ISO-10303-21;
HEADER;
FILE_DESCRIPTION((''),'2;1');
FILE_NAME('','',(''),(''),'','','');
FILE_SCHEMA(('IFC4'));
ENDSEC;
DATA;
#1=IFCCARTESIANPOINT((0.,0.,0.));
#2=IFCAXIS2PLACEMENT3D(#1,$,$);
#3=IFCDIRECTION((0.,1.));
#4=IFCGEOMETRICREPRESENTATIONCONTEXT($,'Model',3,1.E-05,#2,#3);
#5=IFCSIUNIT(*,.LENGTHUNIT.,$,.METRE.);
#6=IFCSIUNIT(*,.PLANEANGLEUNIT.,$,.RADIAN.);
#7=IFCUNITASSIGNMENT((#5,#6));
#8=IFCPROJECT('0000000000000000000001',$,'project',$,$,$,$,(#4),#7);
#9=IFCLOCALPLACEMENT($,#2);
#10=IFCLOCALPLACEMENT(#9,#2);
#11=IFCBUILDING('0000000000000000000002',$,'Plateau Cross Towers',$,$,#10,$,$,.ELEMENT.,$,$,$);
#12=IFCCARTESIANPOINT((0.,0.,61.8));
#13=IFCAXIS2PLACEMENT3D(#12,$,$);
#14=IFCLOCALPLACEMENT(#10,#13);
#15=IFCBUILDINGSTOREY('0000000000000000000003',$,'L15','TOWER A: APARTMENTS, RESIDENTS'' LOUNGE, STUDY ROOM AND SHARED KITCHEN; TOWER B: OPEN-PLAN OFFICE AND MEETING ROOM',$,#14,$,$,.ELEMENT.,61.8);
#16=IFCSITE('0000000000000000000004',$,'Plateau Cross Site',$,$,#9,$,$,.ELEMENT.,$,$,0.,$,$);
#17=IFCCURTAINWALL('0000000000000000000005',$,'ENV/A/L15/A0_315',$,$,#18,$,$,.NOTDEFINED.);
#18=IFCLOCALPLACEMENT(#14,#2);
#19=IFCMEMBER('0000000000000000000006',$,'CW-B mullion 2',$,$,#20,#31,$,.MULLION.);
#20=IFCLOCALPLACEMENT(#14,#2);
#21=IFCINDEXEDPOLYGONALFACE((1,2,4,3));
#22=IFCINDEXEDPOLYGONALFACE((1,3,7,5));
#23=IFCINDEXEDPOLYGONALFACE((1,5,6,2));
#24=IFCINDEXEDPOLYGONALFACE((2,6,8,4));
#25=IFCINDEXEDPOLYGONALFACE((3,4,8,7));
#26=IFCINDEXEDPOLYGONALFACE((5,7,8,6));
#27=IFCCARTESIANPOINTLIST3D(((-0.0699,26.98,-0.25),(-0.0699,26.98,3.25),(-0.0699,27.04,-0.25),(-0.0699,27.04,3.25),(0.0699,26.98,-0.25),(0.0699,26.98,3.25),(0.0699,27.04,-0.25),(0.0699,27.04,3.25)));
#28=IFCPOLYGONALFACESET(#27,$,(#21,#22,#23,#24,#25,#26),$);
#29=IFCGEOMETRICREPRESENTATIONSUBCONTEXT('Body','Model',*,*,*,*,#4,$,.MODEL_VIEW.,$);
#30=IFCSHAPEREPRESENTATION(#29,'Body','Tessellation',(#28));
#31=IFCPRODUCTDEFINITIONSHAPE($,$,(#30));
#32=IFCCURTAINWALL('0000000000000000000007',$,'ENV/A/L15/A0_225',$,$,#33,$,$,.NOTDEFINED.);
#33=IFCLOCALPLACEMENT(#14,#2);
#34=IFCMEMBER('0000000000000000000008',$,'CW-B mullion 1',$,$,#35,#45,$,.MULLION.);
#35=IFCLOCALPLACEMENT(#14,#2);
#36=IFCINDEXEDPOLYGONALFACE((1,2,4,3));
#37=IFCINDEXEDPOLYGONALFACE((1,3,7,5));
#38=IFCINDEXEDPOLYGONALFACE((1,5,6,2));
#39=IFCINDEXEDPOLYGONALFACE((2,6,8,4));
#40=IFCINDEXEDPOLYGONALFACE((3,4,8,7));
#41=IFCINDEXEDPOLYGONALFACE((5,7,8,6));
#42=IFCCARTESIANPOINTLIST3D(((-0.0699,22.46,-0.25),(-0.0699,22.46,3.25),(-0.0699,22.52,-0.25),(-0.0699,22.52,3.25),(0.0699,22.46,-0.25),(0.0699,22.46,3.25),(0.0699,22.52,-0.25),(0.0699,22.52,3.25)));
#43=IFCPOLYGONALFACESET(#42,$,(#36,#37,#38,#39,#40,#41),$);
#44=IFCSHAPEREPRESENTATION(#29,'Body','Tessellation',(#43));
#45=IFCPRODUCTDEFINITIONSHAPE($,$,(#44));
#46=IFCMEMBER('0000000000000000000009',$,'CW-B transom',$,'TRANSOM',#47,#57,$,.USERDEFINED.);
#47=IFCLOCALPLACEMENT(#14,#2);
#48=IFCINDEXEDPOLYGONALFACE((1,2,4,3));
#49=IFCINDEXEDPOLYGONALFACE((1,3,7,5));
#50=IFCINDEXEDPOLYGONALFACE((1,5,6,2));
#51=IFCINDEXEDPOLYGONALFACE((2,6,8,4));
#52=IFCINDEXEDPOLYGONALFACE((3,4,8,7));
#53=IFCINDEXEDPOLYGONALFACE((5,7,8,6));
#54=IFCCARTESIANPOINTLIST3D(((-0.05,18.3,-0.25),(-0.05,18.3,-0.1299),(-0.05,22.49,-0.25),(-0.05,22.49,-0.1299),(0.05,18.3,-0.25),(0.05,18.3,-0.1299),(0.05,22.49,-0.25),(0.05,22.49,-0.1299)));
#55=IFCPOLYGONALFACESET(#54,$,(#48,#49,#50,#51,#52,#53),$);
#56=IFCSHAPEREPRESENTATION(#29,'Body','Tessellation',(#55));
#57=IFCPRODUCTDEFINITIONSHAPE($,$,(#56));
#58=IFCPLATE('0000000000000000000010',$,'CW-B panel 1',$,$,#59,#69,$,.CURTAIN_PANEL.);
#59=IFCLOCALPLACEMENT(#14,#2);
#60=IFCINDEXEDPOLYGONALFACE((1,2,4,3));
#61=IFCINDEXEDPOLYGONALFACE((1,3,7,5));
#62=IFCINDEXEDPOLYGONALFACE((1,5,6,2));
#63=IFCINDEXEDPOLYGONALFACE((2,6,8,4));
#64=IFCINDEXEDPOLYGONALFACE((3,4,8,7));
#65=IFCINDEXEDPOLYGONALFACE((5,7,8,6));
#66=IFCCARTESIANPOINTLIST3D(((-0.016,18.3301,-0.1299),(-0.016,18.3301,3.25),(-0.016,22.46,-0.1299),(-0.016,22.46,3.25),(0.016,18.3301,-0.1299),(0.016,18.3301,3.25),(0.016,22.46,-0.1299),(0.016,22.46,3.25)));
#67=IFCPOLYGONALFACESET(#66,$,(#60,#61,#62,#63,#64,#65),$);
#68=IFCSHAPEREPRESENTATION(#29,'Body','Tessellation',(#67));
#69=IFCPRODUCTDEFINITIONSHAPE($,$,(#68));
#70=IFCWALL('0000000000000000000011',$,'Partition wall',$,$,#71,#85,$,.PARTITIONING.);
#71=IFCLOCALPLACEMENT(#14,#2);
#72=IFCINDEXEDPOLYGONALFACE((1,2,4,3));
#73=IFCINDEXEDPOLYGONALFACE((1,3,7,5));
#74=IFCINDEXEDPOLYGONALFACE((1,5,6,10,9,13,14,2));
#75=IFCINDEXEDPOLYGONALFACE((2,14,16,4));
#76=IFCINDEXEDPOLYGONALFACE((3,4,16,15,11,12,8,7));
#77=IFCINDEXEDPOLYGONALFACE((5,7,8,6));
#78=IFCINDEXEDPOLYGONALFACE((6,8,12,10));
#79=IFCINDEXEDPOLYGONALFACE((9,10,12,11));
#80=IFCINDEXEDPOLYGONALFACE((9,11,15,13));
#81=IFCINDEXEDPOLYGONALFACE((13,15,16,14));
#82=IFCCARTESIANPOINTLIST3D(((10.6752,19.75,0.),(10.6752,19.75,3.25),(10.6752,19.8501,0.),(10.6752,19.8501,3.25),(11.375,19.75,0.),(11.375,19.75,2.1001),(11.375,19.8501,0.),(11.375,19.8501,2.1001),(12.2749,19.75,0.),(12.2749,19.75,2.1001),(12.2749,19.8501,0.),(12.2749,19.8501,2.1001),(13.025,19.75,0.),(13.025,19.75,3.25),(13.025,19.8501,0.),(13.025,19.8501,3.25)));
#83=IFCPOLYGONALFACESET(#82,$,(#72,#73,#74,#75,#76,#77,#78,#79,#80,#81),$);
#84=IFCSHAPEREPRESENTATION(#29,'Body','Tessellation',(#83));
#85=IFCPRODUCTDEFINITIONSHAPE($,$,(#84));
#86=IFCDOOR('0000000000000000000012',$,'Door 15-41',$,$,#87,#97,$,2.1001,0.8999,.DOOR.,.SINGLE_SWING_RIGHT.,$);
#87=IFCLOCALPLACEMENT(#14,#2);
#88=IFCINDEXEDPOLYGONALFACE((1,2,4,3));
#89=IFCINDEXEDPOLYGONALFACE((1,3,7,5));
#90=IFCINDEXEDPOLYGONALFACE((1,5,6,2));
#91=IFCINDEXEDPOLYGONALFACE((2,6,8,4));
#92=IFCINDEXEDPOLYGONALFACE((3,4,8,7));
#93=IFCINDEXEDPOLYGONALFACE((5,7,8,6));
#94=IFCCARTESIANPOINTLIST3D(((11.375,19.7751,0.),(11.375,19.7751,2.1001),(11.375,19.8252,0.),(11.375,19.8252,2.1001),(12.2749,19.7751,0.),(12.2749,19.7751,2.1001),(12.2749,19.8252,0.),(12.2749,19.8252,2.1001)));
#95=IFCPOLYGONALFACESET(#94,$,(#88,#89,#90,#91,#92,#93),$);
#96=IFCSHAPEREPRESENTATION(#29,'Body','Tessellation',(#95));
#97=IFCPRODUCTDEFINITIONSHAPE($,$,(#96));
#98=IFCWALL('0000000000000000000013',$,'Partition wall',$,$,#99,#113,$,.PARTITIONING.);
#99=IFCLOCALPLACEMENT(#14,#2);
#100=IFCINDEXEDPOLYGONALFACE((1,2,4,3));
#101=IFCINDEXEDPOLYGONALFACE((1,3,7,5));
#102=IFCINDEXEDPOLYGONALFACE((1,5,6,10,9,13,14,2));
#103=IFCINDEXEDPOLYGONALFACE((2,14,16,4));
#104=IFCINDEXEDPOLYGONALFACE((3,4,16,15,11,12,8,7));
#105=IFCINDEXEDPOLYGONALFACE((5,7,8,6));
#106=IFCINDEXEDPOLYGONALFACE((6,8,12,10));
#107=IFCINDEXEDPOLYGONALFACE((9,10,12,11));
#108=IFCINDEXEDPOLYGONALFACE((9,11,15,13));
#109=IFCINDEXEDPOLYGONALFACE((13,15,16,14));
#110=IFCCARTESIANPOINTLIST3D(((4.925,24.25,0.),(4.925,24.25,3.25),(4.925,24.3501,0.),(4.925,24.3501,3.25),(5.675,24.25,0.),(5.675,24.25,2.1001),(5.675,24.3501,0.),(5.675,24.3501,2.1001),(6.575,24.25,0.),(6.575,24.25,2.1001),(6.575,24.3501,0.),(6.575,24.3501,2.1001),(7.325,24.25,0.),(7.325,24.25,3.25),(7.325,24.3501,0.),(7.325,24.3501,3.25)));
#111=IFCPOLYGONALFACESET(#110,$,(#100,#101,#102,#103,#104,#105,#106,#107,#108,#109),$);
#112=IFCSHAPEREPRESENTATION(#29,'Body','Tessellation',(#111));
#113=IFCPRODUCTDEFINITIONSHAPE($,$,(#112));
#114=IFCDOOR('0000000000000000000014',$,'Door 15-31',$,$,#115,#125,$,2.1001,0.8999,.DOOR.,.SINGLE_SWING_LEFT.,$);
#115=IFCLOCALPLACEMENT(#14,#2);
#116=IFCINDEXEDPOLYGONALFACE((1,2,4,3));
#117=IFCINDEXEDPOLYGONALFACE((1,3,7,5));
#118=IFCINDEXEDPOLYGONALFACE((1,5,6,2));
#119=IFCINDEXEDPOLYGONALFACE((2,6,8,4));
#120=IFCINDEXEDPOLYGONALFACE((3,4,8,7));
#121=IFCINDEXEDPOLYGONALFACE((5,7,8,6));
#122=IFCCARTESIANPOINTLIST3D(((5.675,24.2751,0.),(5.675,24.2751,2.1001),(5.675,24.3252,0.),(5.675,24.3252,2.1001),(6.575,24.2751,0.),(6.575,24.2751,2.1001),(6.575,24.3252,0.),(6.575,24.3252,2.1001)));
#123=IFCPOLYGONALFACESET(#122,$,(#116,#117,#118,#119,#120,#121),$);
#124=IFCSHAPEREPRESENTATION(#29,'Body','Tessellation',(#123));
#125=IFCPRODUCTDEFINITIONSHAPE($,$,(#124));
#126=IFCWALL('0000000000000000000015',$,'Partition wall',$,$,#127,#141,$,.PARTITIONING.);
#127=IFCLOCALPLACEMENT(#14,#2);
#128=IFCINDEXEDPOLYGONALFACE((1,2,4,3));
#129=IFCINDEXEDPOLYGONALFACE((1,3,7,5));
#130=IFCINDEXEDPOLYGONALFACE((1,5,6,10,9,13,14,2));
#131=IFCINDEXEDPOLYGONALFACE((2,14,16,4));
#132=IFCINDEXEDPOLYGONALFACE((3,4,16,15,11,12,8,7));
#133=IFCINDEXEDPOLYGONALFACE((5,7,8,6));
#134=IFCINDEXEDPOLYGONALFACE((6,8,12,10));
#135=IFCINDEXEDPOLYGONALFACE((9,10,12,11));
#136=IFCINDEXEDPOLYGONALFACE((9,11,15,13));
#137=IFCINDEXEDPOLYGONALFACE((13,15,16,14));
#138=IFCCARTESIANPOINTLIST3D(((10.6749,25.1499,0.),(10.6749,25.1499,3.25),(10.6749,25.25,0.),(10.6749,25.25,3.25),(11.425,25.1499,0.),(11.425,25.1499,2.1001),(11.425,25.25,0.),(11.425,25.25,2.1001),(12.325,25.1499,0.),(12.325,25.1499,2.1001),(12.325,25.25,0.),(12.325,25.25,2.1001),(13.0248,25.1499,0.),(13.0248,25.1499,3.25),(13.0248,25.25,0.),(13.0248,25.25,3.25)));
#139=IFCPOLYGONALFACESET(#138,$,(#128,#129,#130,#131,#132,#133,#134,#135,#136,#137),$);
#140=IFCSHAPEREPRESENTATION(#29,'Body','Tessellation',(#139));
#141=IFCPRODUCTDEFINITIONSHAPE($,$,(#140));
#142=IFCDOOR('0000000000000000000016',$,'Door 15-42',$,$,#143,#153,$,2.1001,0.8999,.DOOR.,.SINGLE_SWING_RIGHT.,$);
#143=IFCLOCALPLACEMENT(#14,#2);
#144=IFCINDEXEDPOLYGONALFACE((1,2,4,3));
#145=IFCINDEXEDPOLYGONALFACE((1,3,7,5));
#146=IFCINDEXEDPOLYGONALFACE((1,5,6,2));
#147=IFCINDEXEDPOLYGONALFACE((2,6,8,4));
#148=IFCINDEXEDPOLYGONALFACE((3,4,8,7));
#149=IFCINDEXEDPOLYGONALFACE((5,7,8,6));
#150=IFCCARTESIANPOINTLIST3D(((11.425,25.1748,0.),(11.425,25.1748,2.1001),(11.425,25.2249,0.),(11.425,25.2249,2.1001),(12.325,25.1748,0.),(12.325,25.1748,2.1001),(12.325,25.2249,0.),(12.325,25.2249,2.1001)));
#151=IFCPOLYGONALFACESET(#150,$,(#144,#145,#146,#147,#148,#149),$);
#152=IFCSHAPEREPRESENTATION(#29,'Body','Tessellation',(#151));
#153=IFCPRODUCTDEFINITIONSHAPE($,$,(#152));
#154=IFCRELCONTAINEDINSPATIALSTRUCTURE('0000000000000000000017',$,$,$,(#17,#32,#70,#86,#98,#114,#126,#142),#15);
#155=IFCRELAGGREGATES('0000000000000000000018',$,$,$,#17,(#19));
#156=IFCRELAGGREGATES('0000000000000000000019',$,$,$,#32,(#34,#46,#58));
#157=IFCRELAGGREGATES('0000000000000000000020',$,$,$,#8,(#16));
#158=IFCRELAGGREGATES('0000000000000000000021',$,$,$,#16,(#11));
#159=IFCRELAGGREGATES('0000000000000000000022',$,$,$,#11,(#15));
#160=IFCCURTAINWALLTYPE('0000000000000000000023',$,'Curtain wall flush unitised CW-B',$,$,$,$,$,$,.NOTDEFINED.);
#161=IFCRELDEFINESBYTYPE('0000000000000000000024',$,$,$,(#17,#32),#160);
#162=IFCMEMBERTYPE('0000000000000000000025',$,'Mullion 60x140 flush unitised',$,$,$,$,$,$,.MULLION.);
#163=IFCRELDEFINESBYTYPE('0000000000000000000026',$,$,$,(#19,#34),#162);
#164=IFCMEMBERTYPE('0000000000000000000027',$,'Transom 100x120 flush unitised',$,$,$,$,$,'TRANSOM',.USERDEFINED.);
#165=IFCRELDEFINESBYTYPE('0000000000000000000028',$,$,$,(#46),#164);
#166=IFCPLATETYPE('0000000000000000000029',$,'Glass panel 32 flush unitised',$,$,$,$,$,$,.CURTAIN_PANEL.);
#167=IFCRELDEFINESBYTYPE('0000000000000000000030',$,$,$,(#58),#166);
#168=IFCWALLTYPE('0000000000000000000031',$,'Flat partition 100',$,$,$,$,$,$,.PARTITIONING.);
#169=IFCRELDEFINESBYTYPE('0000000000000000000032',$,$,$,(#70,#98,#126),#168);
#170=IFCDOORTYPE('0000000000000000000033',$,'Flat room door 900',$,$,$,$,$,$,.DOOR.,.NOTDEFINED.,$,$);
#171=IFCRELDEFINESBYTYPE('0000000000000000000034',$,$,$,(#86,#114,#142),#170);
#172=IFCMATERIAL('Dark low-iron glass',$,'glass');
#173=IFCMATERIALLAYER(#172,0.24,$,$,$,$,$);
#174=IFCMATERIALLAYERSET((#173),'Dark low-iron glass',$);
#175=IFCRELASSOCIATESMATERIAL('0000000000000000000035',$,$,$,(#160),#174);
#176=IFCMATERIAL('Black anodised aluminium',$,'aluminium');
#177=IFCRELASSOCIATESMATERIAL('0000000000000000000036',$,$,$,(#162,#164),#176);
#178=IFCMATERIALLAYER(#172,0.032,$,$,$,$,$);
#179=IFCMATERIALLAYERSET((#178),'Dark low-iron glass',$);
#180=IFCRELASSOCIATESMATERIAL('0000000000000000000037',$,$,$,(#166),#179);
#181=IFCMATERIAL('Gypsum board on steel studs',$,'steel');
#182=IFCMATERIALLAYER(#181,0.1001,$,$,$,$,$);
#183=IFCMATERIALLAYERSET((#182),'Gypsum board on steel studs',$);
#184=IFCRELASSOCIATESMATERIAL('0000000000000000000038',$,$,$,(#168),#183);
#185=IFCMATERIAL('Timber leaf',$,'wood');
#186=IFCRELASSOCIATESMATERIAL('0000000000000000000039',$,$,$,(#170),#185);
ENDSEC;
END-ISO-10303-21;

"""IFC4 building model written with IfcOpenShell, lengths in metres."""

from ifc_helpers import new_model, si_unit, direction, frame, frame_2d, origin, origin_2d, place, context, subcontext, project, spatial, rectangle, extrude, material, layer, layer_set, material_profile, profile_set, type_object, element, fill, aggregate, save


model = new_model("IFC4")

# Units and contexts
model_context = context("Model", 3, precision=1e-05, world=origin(), true_north=direction((0.0, 1.0)))
body_context = subcontext(model_context, "Body", "Model", "MODEL_VIEW")
ifc_project = project(units=[si_unit("LENGTHUNIT", "METRE"), si_unit("PLANEANGLEUNIT", "RADIAN")], contexts=[model_context])

# Site, building, storey
site_placement = place(None, origin())
site = spatial("IfcSite", under=ifc_project, at=site_placement, Name="Plateau Cross Site", CompositionType="ELEMENT", RefElevation=0.0)
building_placement = place(site_placement, origin())
building = spatial("IfcBuilding", under=site, at=building_placement, Name="Plateau Cross Towers", CompositionType="ELEMENT")
storey_placement = place(building_placement, frame((0.0, 0.0, 61.8)))
storey = spatial("IfcBuildingStorey", under=building, at=storey_placement, Name="L15", Description="TOWER A: APARTMENTS, RESIDENTS' LOUNGE, STUDY ROOM AND SHARED KITCHEN; TOWER B: OPEN-PLAN OFFICE AND MEETING ROOM", CompositionType="ELEMENT", Elevation=61.8)

# Curtain wall, member
ifc_material_1 = material(Name="Dark low-iron glass", Category="glass")
ifc_layer_1 = layer(ifc_material_1, 0.24)
ifc_layer_set_1 = layer_set([ifc_layer_1], Name="Dark low-iron glass")
curtain_wall_type = type_object("IfcCurtainWallType", Name="Curtain wall flush unitised CW-B", PredefinedType="NOTDEFINED", material=ifc_layer_set_1)
curtain_wall_1_placement = place(storey_placement, origin())
curtain_wall_1 = element("IfcCurtainWall", 1, at=curtain_wall_1_placement, inside=storey, type_object=curtain_wall_type, Name="ENV/A/L15/A0_315", PredefinedType="NOTDEFINED")
ifc_material_2 = material(Name="Black anodised aluminium", Category="aluminium")
ifc_material_profile_1 = material_profile(ifc_material_2, rectangle(XDim=0.0601, YDim=0.1399, at=origin_2d()), Name="MULLION 60x140")
ifc_profile_set_1 = profile_set([ifc_material_profile_1], Name="Black anodised aluminium")
member_type_1 = type_object("IfcMemberType", Name="Mullion 60x140 flush unitised", PredefinedType="MULLION", material=ifc_profile_set_1)
member_1_placement = place(storey_placement, frame((0.0, 27.01, -0.25), z_axis=(0.0, 0.0, 1.0), x_axis=(0.0, -1.0, 0.0)))
member_1 = element("IfcMember", 2, at=member_1_placement, type_object=member_type_1, Name="CW-B mullion 2", PredefinedType="MULLION", context=body_context, shape_type="SweptSolid", body=[
    extrude(rectangle(XDim=0.0601, YDim=0.1399, at=origin_2d()), origin(), (0.0, 0.0, 1.0), 3.5),
])
aggregate(curtain_wall_1, [member_1])

# Curtain wall, members, plate
curtain_wall_2_placement = place(storey_placement, origin())
curtain_wall_2 = element("IfcCurtainWall", 3, at=curtain_wall_2_placement, inside=storey, type_object=curtain_wall_type, Name="ENV/A/L15/A0_225", PredefinedType="NOTDEFINED")
member_2_placement = place(storey_placement, frame((0.0, 22.49, -0.25), z_axis=(0.0, 0.0, 1.0), x_axis=(0.0, -1.0, 0.0)))
member_2 = element("IfcMember", 4, at=member_2_placement, type_object=member_type_1, Name="CW-B mullion 1", PredefinedType="MULLION", context=body_context, shape_type="SweptSolid", body=[
    extrude(rectangle(XDim=0.0601, YDim=0.1399, at=origin_2d()), origin(), (0.0, 0.0, 1.0), 3.5),
])
ifc_material_profile_2 = material_profile(ifc_material_2, rectangle(XDim=0.1001, YDim=0.1201, at=origin_2d()), Name="TRANSOM 100x120")
ifc_profile_set_2 = profile_set([ifc_material_profile_2], Name="Black anodised aluminium")
member_type_2 = type_object("IfcMemberType", Name="Transom 100x120 flush unitised", ElementType="TRANSOM", PredefinedType="USERDEFINED", material=ifc_profile_set_2)
member_3_placement = place(storey_placement, frame((0.0, 22.49, -0.1899), z_axis=(0.0, -1.0, 0.0), x_axis=(1.0, 0.0, 0.0)))
member_3 = element("IfcMember", 5, at=member_3_placement, type_object=member_type_2, Name="CW-B transom", ObjectType="TRANSOM", PredefinedType="USERDEFINED", context=body_context, shape_type="SweptSolid", body=[
    extrude(rectangle(XDim=0.1001, YDim=0.1201, at=origin_2d()), origin(), (0.0, 0.0, 1.0), 4.1899),
])
ifc_layer_2 = layer(ifc_material_1, 0.032)
ifc_layer_set_2 = layer_set([ifc_layer_2], Name="Dark low-iron glass")
plate_type = type_object("IfcPlateType", Name="Glass panel 32 flush unitised", PredefinedType="CURTAIN_PANEL", material=ifc_layer_set_2)
plate_placement = place(storey_placement, frame((0.0, 20.395, -0.1299), z_axis=(0.0, 0.0, 1.0), x_axis=(0.0, -1.0, 0.0)))
plate = element("IfcPlate", 6, at=plate_placement, type_object=plate_type, Name="CW-B panel 1", PredefinedType="CURTAIN_PANEL", context=body_context, shape_type="SweptSolid", body=[
    extrude(rectangle(XDim=4.1299, YDim=0.032, at=origin_2d()), origin(), (0.0, 0.0, 1.0), 3.3799),
])
aggregate(curtain_wall_2, [member_2, member_3, plate])

# Walls, openings, doors
ifc_material_3 = material(Name="Gypsum board on steel studs", Category="steel")
ifc_layer_3 = layer(ifc_material_3, 0.1001)
ifc_layer_set_3 = layer_set([ifc_layer_3], Name="Gypsum board on steel studs")
wall_type_1 = type_object("IfcWallType", Name="Flat partition 100", PredefinedType="PARTITIONING", material=ifc_layer_set_3)
wall_1_placement = place(storey_placement, frame((13.0249, 19.8, 0.0), z_axis=(0.0, 0.0, 1.0), x_axis=(-1.0, 0.0, 0.0)))
wall_1 = element("IfcWall", 7, at=wall_1_placement, inside=storey, type_object=wall_type_1, Name="Partition wall", PredefinedType="PARTITIONING", context=body_context, shape_type="SweptSolid", body=[
    extrude(rectangle(XDim=2.3499, YDim=0.1001, at=frame_2d((1.1748, 0.0))), origin(), (0.0, 0.0, 1.0), 3.25),
])
opening_1_placement = place(wall_1_placement, frame((0.75, 0.0, 0.0)))
opening_1 = element("IfcOpeningElement", 8, at=opening_1_placement, cuts=wall_1, PredefinedType="OPENING", context=body_context, shape_type="SweptSolid", body=[
    extrude(rectangle(XDim=0.8999, YDim=2.1001, at=frame_2d((0.45, 1.05))), frame((0.0, 0.0601, 0.0), z_axis=(0.0, -1.0, 0.0), x_axis=(1.0, 0.0, 0.0)), (0.0, 0.0, 1.0), 0.1201),
])
ifc_material_4 = material(Name="Timber leaf", Category="wood")
door_type_1 = type_object("IfcDoorType", Name="Flat room door 900", OperationType="NOTDEFINED", PredefinedType="DOOR", material=ifc_material_4)
door_1_placement = place(opening_1_placement, origin())
door_1 = element("IfcDoor", 9, at=door_1_placement, inside=storey, type_object=door_type_1, Name="Door 15-41", OperationType="SINGLE_SWING_RIGHT", OverallHeight=2.1001, OverallWidth=0.8999, PredefinedType="DOOR", context=body_context, shape_type="SweptSolid", body=[
    extrude(rectangle(XDim=0.8999, YDim=2.1001, at=frame_2d((0.45, 1.05))), frame((0.0, 0.0249, 0.0), z_axis=(0.0, -1.0, 0.0), x_axis=(1.0, 0.0, 0.0)), (0.0, 0.0, 1.0), 0.05),
])
fill(opening_1, door_1)
wall_2_placement = place(storey_placement, frame((7.325, 24.3, 0.0), z_axis=(0.0, 0.0, 1.0), x_axis=(-1.0, 0.0, 0.0)))
wall_2 = element("IfcWall", 10, at=wall_2_placement, inside=storey, type_object=wall_type_1, Name="Partition wall", PredefinedType="PARTITIONING", context=body_context, shape_type="SweptSolid", body=[
    extrude(rectangle(XDim=2.3999, YDim=0.1001, at=frame_2d((1.2, 0.0))), origin(), (0.0, 0.0, 1.0), 3.25),
])
opening_2_placement = place(wall_2_placement, frame((0.75, 0.0, 0.0)))
opening_2 = element("IfcOpeningElement", 11, at=opening_2_placement, cuts=wall_2, PredefinedType="OPENING", context=body_context, shape_type="SweptSolid", body=[
    extrude(rectangle(XDim=0.8999, YDim=2.1001, at=frame_2d((0.45, 1.05))), frame((0.0, 0.0601, 0.0), z_axis=(0.0, -1.0, 0.0), x_axis=(1.0, 0.0, 0.0)), (0.0, 0.0, 1.0), 0.1201),
])
door_2_placement = place(opening_2_placement, origin())
door_2 = element("IfcDoor", 12, at=door_2_placement, inside=storey, type_object=door_type_1, Name="Door 15-31", OperationType="SINGLE_SWING_LEFT", OverallHeight=2.1001, OverallWidth=0.8999, PredefinedType="DOOR", context=body_context, shape_type="SweptSolid", body=[
    extrude(rectangle(XDim=0.8999, YDim=2.1001, at=frame_2d((0.45, 1.05))), frame((0.0, 0.0249, 0.0), z_axis=(0.0, -1.0, 0.0), x_axis=(1.0, 0.0, 0.0)), (0.0, 0.0, 1.0), 0.05),
])
fill(opening_2, door_2)
wall_3_placement = place(storey_placement, frame((10.675, 25.2, 0.0), z_axis=(0.0, 0.0, 1.0), x_axis=(1.0, 0.0, 0.0)))
wall_3 = element("IfcWall", 13, at=wall_3_placement, inside=storey, type_object=wall_type_1, Name="Partition wall", PredefinedType="PARTITIONING", context=body_context, shape_type="SweptSolid", body=[
    extrude(rectangle(XDim=2.3499, YDim=0.1001, at=frame_2d((1.1748, 0.0))), origin(), (0.0, 0.0, 1.0), 3.25),
])
opening_3_placement = place(wall_3_placement, frame((0.75, 0.0, 0.0)))
opening_3 = element("IfcOpeningElement", 14, at=opening_3_placement, cuts=wall_3, PredefinedType="OPENING", context=body_context, shape_type="SweptSolid", body=[
    extrude(rectangle(XDim=0.8999, YDim=2.1001, at=frame_2d((0.45, 1.05))), frame((0.0, 0.0601, 0.0), z_axis=(0.0, -1.0, 0.0), x_axis=(1.0, 0.0, 0.0)), (0.0, 0.0, 1.0), 0.1201),
])
door_3_placement = place(opening_3_placement, origin())
door_3 = element("IfcDoor", 15, at=door_3_placement, inside=storey, type_object=door_type_1, Name="Door 15-42", OperationType="SINGLE_SWING_RIGHT", OverallHeight=2.1001, OverallWidth=0.8999, PredefinedType="DOOR", context=body_context, shape_type="SweptSolid", body=[
    extrude(rectangle(XDim=0.8999, YDim=2.1001, at=frame_2d((0.45, 1.05))), frame((0.0, 0.0249, 0.0), z_axis=(0.0, -1.0, 0.0), x_axis=(1.0, 0.0, 0.0)), (0.0, 0.0, 1.0), 0.05),
])
fill(opening_3, door_3)

save(model, "model.ifc")
